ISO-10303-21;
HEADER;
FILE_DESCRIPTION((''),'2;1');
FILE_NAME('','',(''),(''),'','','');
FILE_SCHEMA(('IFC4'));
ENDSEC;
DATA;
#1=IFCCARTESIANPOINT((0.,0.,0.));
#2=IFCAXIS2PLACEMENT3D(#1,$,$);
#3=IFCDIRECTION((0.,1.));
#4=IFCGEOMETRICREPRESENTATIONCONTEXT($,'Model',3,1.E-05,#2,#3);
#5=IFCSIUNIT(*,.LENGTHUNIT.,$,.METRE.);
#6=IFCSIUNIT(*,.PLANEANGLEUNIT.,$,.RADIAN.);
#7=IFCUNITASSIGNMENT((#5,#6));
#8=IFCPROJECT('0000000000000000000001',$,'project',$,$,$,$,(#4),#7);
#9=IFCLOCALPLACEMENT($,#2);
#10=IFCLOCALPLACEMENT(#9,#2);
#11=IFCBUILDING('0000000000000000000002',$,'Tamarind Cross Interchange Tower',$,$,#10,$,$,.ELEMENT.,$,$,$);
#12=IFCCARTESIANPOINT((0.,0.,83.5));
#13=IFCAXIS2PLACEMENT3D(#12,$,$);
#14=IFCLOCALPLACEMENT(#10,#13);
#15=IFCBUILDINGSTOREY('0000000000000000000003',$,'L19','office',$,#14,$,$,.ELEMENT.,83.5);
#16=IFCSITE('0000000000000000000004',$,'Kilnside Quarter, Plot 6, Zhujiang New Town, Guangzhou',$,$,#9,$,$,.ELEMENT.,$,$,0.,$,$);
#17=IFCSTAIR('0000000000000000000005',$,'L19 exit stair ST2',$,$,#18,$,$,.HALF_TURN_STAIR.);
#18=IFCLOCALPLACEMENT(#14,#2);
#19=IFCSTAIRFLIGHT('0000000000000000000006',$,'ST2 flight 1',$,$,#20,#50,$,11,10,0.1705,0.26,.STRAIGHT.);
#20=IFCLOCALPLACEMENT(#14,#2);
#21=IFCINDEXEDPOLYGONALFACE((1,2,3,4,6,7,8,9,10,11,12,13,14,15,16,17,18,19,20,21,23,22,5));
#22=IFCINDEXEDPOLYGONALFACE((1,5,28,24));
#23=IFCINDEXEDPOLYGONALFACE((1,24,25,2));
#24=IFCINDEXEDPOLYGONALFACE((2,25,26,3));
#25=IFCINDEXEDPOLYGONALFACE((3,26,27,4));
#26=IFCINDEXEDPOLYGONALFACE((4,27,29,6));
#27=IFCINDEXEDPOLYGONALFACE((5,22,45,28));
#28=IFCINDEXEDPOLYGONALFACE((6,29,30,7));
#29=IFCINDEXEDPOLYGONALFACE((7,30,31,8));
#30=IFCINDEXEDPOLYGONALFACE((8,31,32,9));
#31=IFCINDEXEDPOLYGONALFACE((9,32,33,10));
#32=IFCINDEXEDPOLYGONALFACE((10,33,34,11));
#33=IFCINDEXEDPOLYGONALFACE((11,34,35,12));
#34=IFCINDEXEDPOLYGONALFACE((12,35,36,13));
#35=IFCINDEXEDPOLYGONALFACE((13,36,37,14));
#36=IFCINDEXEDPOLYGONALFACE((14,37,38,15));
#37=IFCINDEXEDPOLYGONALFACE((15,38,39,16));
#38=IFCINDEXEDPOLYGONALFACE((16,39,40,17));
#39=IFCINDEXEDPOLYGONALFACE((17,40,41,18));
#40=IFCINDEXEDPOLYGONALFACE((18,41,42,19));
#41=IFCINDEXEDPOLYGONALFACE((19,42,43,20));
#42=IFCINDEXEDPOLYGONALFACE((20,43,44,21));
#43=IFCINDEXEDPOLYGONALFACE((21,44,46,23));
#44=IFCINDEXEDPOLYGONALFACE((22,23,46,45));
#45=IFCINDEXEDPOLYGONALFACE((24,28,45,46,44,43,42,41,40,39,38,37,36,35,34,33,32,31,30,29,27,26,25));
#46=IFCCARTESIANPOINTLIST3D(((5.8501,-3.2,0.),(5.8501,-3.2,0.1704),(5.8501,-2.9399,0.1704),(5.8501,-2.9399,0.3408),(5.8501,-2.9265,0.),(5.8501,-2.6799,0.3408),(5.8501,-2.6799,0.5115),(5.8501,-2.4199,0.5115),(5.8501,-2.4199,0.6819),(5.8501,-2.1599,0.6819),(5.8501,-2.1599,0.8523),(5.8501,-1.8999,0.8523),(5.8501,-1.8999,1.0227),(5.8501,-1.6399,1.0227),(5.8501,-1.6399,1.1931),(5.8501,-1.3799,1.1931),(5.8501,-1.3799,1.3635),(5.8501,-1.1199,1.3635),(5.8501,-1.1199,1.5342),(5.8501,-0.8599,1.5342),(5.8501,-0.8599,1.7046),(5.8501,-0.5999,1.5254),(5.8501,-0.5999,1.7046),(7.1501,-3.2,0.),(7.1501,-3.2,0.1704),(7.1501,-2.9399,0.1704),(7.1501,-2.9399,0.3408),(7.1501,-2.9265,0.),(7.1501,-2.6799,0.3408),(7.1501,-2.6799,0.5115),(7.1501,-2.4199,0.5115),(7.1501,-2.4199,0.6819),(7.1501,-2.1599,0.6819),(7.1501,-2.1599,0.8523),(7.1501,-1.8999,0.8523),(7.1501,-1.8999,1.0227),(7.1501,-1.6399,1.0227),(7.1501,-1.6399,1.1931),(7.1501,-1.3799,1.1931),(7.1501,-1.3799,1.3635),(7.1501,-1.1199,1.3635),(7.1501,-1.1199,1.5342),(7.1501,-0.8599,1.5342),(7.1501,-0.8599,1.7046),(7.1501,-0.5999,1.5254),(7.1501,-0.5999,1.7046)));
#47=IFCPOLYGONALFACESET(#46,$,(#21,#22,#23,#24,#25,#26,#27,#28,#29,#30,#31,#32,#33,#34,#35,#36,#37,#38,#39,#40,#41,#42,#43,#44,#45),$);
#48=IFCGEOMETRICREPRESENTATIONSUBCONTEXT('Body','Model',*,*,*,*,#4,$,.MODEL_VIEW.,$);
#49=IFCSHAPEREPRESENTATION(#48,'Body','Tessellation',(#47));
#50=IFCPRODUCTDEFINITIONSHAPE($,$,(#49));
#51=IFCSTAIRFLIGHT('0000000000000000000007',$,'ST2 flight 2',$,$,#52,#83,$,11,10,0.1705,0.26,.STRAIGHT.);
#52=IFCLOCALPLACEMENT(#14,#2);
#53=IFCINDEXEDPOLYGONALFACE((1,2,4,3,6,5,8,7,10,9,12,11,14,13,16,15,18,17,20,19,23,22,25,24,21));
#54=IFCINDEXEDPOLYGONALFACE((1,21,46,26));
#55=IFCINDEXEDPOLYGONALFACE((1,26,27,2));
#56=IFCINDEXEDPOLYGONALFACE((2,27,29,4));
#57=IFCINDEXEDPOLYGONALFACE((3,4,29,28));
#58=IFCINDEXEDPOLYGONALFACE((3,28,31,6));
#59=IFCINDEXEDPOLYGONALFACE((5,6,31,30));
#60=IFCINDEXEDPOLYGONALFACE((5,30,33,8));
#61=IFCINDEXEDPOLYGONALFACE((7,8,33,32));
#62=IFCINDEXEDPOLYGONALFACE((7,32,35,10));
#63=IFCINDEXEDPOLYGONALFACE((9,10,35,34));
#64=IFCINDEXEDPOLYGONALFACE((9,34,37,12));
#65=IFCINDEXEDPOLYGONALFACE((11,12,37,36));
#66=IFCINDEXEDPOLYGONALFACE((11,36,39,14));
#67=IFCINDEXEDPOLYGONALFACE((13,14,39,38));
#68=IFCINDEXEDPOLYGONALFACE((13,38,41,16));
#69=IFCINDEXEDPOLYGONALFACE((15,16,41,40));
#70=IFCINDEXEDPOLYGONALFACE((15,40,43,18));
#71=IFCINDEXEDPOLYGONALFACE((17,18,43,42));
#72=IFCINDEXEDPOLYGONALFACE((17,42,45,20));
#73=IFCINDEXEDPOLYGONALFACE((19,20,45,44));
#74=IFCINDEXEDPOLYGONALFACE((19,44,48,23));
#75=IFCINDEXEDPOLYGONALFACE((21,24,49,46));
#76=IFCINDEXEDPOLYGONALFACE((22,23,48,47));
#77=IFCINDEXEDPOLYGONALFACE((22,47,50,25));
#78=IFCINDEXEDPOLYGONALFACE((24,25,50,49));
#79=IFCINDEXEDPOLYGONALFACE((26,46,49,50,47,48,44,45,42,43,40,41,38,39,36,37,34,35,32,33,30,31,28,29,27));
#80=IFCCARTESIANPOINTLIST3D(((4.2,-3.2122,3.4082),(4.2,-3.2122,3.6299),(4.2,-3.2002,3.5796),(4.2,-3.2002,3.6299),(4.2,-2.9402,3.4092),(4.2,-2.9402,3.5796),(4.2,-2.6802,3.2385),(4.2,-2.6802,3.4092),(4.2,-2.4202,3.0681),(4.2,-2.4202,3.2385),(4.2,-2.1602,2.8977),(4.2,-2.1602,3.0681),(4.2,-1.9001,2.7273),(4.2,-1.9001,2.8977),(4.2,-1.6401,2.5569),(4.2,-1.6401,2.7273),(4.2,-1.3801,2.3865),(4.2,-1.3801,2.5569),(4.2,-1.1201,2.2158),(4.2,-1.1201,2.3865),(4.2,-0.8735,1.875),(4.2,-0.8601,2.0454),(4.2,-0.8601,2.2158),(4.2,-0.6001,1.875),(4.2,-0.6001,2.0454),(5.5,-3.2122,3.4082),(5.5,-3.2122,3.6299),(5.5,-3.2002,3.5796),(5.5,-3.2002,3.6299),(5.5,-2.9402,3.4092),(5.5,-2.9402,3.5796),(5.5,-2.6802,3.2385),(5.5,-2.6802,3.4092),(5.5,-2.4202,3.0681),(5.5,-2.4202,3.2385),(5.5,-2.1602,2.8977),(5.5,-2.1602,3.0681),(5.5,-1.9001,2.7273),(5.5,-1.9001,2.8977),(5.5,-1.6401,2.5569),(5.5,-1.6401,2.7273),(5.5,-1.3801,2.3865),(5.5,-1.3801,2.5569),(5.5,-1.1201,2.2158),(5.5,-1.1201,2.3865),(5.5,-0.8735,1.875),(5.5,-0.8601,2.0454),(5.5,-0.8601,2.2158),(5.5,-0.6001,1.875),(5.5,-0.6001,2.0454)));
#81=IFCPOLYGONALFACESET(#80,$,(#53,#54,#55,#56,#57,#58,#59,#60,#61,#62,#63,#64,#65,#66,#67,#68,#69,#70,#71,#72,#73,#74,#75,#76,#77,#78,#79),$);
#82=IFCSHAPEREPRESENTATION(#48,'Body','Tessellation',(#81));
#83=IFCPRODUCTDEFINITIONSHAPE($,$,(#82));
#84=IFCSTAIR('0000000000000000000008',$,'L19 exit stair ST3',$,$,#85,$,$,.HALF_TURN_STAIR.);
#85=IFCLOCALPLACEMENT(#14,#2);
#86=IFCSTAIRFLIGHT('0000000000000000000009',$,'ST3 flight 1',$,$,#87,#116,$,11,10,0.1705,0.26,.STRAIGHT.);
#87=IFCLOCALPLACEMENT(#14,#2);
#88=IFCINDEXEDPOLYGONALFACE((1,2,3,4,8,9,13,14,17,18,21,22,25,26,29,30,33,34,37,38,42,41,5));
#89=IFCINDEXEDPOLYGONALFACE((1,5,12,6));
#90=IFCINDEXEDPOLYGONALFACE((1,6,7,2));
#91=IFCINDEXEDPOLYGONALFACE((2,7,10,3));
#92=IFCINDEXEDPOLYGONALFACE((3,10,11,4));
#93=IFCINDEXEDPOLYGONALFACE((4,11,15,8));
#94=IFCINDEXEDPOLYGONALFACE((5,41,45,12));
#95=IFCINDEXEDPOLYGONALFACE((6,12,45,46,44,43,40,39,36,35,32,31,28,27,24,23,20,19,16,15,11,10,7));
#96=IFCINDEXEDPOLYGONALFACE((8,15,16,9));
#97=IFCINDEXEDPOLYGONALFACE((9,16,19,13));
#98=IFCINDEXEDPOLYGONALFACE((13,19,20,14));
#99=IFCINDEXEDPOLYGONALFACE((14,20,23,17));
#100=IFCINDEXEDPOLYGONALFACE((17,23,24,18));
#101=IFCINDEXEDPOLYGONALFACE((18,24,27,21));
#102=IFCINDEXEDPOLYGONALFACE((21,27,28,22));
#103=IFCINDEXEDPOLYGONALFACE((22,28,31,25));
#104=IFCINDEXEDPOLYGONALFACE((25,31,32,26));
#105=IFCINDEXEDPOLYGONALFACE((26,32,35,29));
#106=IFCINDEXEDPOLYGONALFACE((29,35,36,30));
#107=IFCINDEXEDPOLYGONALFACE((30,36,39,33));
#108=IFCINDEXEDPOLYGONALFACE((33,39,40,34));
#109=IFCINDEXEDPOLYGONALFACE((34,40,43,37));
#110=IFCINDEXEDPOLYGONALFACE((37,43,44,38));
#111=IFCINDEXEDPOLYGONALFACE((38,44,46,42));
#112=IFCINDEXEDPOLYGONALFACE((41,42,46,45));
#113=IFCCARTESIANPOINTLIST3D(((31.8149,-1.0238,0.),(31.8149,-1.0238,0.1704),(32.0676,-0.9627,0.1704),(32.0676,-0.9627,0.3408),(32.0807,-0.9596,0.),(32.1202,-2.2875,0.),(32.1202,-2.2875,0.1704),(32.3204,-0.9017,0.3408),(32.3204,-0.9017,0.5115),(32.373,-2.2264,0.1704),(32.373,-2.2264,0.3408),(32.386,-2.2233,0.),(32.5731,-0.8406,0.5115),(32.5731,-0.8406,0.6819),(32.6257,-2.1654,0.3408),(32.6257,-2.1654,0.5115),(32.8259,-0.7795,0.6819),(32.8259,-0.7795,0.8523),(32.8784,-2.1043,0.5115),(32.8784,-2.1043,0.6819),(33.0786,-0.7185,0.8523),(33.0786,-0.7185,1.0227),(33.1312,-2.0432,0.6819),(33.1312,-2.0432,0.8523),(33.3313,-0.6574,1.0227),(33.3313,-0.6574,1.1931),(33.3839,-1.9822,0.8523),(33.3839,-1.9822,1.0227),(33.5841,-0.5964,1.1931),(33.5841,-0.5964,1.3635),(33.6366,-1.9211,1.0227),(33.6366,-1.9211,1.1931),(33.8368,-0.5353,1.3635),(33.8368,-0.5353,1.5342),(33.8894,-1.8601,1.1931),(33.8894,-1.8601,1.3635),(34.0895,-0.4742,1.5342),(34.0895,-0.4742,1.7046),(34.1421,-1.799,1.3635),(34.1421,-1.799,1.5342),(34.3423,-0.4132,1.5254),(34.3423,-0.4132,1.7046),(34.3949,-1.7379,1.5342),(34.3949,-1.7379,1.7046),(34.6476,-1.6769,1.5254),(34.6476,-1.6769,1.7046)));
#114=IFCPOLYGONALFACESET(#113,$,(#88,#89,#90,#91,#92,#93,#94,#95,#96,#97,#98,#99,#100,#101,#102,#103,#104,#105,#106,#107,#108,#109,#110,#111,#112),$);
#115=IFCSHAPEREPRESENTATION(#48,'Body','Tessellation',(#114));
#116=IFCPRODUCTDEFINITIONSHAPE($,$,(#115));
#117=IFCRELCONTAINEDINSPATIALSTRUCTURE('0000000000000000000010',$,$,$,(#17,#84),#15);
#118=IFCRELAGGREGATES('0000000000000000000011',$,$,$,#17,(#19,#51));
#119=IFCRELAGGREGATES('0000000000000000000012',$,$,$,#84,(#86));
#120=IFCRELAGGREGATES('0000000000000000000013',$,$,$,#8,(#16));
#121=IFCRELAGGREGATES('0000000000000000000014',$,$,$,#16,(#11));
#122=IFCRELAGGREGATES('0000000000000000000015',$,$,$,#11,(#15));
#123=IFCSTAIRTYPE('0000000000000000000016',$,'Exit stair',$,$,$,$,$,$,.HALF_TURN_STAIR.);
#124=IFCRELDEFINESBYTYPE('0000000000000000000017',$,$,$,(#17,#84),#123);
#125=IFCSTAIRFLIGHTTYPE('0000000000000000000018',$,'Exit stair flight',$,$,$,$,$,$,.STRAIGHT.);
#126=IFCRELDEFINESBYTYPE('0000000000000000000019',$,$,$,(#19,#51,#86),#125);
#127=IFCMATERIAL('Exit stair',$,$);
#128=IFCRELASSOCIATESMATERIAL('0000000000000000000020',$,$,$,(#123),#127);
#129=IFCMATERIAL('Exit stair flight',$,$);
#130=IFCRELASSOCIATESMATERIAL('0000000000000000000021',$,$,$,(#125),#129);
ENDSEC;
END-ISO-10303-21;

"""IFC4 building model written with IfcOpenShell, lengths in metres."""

from ifc_helpers import new_model, si_unit, direction, frame, origin, place, context, subcontext, project, spatial, polyline, outline, extrude, material, type_object, element, aggregate, save


model = new_model("IFC4")

# Units and contexts
model_context = context("Model", 3, precision=1e-05, world=origin(), true_north=direction((0.0, 1.0)))
body_context = subcontext(model_context, "Body", "Model", "MODEL_VIEW")
ifc_project = project(units=[si_unit("LENGTHUNIT", "METRE"), si_unit("PLANEANGLEUNIT", "RADIAN")], contexts=[model_context])

# Site, building, storey
site_placement = place(None, origin())
site = spatial("IfcSite", under=ifc_project, at=site_placement, Name="Kilnside Quarter, Plot 6, Zhujiang New Town, Guangzhou", CompositionType="ELEMENT", RefElevation=0.0)
building_placement = place(site_placement, origin())
building = spatial("IfcBuilding", under=site, at=building_placement, Name="Tamarind Cross Interchange Tower", CompositionType="ELEMENT")
storey_placement = place(building_placement, frame((0.0, 0.0, 83.5)))
storey = spatial("IfcBuildingStorey", under=building, at=storey_placement, Name="L19", Description="office", CompositionType="ELEMENT", Elevation=83.5)

# Stair, stair flights
ifc_material_1 = material(Name="Exit stair")
stair_type = type_object("IfcStairType", Name="Exit stair", PredefinedType="HALF_TURN_STAIR", material=ifc_material_1)
stair_1_placement = place(storey_placement, origin())
stair_1 = element("IfcStair", 1, at=stair_1_placement, inside=storey, type_object=stair_type, Name="L19 exit stair ST2", PredefinedType="HALF_TURN_STAIR")
ifc_material_2 = material(Name="Exit stair flight")
stair_flight_type = type_object("IfcStairFlightType", Name="Exit stair flight", PredefinedType="STRAIGHT", material=ifc_material_2)
stair_flight_1_placement = place(storey_placement, frame((6.5, -3.2, 0.0), z_axis=(0.0, 0.0, 1.0), x_axis=(0.0, 1.0, 0.0)))
stair_flight_1 = element("IfcStairFlight", 2, at=stair_flight_1_placement, type_object=stair_flight_type, Name="ST2 flight 1", NumberOfRisers=11, NumberOfTreads=10, PredefinedType="STRAIGHT", RiserHeight=0.1705, TreadLength=0.26, context=body_context, shape_type="SweptSolid", body=[
    extrude(outline(polyline([(0.0, 0.0), (0.0, 0.1704), (0.26, 0.1704), (0.26, 0.3408), (0.52, 0.3408), (0.52, 0.5115), (0.78, 0.5115), (0.78, 0.6819), (1.04, 0.6819), (1.04, 0.8523), (1.3, 0.8523), (1.3, 1.0227), (1.5601, 1.0227), (1.5601, 1.1931), (1.8201, 1.1931), (1.8201, 1.3635), (2.0801, 1.3635), (2.0801, 1.5342), (2.3401, 1.5342), (2.3401, 1.7046), (2.6001, 1.7046), (2.6001, 1.875), (2.6001, 1.5254), (0.2734, 0.0), (0.0, 0.0)])), frame((0.0, 0.6499, 0.0), z_axis=(0.0, -1.0, 0.0), x_axis=(1.0, 0.0, 0.0)), (0.0, 0.0, 1.0), 1.3),
])
stair_flight_2_placement = place(storey_placement, frame((4.8501, -0.6001, 1.875), z_axis=(0.0, 0.0, 1.0), x_axis=(0.0, -1.0, 0.0)))
stair_flight_2 = element("IfcStairFlight", 3, at=stair_flight_2_placement, type_object=stair_flight_type, Name="ST2 flight 2", NumberOfRisers=11, NumberOfTreads=10, PredefinedType="STRAIGHT", RiserHeight=0.1705, TreadLength=0.26, context=body_context, shape_type="SweptSolid", body=[
    extrude(outline(polyline([(0.0, 0.0), (0.0, 0.1704), (0.26, 0.1704), (0.26, 0.3408), (0.52, 0.3408), (0.52, 0.5115), (0.78, 0.5115), (0.78, 0.6819), (1.04, 0.6819), (1.04, 0.8523), (1.3, 0.8523), (1.3, 1.0227), (1.5601, 1.0227), (1.5601, 1.1931), (1.8201, 1.1931), (1.8201, 1.3635), (2.0801, 1.3635), (2.0801, 1.5342), (2.3401, 1.5342), (2.3401, 1.7046), (2.6001, 1.7046), (2.6001, 1.7549), (2.6121, 1.7549), (2.6121, 1.5332), (0.2734, 0.0), (0.0, 0.0)])), frame((0.0, 0.6499, 0.0), z_axis=(0.0, -1.0, 0.0), x_axis=(1.0, 0.0, 0.0)), (0.0, 0.0, 1.0), 1.3),
])
aggregate(stair_1, [stair_flight_1, stair_flight_2])

# Stair, stair flight
stair_2_placement = place(storey_placement, origin())
stair_2 = element("IfcStair", 4, at=stair_2_placement, inside=storey, type_object=stair_type, Name="L19 exit stair ST3", PredefinedType="HALF_TURN_STAIR")
stair_flight_3_placement = place(storey_placement, frame((31.9675, -1.6555, 0.0), z_axis=(0.0, 0.0, 1.0), x_axis=(0.972033, 0.234844, 0.0)))
stair_flight_3 = element("IfcStairFlight", 5, at=stair_flight_3_placement, type_object=stair_flight_type, Name="ST3 flight 1", NumberOfRisers=11, NumberOfTreads=10, PredefinedType="STRAIGHT", RiserHeight=0.1705, TreadLength=0.26, context=body_context, shape_type="SweptSolid", body=[
    extrude(outline(polyline([(0.0, 0.0), (0.0, 0.1704), (0.26, 0.1704), (0.26, 0.3408), (0.52, 0.3408), (0.52, 0.5115), (0.78, 0.5115), (0.78, 0.6819), (1.04, 0.6819), (1.04, 0.8523), (1.3, 0.8523), (1.3, 1.0227), (1.5601, 1.0227), (1.5601, 1.1931), (1.8201, 1.1931), (1.8201, 1.3635), (2.0801, 1.3635), (2.0801, 1.5342), (2.3401, 1.5342), (2.3401, 1.7046), (2.6001, 1.7046), (2.6001, 1.875), (2.6001, 1.5254), (0.2734, 0.0), (0.0, 0.0)])), frame((0.0, 0.6499, 0.0), z_axis=(0.0, -1.0, 0.0), x_axis=(1.0, 0.0, 0.0)), (0.0, 0.0, 1.0), 1.3),
])
aggregate(stair_2, [stair_flight_3])

save(model, "model.ifc")
